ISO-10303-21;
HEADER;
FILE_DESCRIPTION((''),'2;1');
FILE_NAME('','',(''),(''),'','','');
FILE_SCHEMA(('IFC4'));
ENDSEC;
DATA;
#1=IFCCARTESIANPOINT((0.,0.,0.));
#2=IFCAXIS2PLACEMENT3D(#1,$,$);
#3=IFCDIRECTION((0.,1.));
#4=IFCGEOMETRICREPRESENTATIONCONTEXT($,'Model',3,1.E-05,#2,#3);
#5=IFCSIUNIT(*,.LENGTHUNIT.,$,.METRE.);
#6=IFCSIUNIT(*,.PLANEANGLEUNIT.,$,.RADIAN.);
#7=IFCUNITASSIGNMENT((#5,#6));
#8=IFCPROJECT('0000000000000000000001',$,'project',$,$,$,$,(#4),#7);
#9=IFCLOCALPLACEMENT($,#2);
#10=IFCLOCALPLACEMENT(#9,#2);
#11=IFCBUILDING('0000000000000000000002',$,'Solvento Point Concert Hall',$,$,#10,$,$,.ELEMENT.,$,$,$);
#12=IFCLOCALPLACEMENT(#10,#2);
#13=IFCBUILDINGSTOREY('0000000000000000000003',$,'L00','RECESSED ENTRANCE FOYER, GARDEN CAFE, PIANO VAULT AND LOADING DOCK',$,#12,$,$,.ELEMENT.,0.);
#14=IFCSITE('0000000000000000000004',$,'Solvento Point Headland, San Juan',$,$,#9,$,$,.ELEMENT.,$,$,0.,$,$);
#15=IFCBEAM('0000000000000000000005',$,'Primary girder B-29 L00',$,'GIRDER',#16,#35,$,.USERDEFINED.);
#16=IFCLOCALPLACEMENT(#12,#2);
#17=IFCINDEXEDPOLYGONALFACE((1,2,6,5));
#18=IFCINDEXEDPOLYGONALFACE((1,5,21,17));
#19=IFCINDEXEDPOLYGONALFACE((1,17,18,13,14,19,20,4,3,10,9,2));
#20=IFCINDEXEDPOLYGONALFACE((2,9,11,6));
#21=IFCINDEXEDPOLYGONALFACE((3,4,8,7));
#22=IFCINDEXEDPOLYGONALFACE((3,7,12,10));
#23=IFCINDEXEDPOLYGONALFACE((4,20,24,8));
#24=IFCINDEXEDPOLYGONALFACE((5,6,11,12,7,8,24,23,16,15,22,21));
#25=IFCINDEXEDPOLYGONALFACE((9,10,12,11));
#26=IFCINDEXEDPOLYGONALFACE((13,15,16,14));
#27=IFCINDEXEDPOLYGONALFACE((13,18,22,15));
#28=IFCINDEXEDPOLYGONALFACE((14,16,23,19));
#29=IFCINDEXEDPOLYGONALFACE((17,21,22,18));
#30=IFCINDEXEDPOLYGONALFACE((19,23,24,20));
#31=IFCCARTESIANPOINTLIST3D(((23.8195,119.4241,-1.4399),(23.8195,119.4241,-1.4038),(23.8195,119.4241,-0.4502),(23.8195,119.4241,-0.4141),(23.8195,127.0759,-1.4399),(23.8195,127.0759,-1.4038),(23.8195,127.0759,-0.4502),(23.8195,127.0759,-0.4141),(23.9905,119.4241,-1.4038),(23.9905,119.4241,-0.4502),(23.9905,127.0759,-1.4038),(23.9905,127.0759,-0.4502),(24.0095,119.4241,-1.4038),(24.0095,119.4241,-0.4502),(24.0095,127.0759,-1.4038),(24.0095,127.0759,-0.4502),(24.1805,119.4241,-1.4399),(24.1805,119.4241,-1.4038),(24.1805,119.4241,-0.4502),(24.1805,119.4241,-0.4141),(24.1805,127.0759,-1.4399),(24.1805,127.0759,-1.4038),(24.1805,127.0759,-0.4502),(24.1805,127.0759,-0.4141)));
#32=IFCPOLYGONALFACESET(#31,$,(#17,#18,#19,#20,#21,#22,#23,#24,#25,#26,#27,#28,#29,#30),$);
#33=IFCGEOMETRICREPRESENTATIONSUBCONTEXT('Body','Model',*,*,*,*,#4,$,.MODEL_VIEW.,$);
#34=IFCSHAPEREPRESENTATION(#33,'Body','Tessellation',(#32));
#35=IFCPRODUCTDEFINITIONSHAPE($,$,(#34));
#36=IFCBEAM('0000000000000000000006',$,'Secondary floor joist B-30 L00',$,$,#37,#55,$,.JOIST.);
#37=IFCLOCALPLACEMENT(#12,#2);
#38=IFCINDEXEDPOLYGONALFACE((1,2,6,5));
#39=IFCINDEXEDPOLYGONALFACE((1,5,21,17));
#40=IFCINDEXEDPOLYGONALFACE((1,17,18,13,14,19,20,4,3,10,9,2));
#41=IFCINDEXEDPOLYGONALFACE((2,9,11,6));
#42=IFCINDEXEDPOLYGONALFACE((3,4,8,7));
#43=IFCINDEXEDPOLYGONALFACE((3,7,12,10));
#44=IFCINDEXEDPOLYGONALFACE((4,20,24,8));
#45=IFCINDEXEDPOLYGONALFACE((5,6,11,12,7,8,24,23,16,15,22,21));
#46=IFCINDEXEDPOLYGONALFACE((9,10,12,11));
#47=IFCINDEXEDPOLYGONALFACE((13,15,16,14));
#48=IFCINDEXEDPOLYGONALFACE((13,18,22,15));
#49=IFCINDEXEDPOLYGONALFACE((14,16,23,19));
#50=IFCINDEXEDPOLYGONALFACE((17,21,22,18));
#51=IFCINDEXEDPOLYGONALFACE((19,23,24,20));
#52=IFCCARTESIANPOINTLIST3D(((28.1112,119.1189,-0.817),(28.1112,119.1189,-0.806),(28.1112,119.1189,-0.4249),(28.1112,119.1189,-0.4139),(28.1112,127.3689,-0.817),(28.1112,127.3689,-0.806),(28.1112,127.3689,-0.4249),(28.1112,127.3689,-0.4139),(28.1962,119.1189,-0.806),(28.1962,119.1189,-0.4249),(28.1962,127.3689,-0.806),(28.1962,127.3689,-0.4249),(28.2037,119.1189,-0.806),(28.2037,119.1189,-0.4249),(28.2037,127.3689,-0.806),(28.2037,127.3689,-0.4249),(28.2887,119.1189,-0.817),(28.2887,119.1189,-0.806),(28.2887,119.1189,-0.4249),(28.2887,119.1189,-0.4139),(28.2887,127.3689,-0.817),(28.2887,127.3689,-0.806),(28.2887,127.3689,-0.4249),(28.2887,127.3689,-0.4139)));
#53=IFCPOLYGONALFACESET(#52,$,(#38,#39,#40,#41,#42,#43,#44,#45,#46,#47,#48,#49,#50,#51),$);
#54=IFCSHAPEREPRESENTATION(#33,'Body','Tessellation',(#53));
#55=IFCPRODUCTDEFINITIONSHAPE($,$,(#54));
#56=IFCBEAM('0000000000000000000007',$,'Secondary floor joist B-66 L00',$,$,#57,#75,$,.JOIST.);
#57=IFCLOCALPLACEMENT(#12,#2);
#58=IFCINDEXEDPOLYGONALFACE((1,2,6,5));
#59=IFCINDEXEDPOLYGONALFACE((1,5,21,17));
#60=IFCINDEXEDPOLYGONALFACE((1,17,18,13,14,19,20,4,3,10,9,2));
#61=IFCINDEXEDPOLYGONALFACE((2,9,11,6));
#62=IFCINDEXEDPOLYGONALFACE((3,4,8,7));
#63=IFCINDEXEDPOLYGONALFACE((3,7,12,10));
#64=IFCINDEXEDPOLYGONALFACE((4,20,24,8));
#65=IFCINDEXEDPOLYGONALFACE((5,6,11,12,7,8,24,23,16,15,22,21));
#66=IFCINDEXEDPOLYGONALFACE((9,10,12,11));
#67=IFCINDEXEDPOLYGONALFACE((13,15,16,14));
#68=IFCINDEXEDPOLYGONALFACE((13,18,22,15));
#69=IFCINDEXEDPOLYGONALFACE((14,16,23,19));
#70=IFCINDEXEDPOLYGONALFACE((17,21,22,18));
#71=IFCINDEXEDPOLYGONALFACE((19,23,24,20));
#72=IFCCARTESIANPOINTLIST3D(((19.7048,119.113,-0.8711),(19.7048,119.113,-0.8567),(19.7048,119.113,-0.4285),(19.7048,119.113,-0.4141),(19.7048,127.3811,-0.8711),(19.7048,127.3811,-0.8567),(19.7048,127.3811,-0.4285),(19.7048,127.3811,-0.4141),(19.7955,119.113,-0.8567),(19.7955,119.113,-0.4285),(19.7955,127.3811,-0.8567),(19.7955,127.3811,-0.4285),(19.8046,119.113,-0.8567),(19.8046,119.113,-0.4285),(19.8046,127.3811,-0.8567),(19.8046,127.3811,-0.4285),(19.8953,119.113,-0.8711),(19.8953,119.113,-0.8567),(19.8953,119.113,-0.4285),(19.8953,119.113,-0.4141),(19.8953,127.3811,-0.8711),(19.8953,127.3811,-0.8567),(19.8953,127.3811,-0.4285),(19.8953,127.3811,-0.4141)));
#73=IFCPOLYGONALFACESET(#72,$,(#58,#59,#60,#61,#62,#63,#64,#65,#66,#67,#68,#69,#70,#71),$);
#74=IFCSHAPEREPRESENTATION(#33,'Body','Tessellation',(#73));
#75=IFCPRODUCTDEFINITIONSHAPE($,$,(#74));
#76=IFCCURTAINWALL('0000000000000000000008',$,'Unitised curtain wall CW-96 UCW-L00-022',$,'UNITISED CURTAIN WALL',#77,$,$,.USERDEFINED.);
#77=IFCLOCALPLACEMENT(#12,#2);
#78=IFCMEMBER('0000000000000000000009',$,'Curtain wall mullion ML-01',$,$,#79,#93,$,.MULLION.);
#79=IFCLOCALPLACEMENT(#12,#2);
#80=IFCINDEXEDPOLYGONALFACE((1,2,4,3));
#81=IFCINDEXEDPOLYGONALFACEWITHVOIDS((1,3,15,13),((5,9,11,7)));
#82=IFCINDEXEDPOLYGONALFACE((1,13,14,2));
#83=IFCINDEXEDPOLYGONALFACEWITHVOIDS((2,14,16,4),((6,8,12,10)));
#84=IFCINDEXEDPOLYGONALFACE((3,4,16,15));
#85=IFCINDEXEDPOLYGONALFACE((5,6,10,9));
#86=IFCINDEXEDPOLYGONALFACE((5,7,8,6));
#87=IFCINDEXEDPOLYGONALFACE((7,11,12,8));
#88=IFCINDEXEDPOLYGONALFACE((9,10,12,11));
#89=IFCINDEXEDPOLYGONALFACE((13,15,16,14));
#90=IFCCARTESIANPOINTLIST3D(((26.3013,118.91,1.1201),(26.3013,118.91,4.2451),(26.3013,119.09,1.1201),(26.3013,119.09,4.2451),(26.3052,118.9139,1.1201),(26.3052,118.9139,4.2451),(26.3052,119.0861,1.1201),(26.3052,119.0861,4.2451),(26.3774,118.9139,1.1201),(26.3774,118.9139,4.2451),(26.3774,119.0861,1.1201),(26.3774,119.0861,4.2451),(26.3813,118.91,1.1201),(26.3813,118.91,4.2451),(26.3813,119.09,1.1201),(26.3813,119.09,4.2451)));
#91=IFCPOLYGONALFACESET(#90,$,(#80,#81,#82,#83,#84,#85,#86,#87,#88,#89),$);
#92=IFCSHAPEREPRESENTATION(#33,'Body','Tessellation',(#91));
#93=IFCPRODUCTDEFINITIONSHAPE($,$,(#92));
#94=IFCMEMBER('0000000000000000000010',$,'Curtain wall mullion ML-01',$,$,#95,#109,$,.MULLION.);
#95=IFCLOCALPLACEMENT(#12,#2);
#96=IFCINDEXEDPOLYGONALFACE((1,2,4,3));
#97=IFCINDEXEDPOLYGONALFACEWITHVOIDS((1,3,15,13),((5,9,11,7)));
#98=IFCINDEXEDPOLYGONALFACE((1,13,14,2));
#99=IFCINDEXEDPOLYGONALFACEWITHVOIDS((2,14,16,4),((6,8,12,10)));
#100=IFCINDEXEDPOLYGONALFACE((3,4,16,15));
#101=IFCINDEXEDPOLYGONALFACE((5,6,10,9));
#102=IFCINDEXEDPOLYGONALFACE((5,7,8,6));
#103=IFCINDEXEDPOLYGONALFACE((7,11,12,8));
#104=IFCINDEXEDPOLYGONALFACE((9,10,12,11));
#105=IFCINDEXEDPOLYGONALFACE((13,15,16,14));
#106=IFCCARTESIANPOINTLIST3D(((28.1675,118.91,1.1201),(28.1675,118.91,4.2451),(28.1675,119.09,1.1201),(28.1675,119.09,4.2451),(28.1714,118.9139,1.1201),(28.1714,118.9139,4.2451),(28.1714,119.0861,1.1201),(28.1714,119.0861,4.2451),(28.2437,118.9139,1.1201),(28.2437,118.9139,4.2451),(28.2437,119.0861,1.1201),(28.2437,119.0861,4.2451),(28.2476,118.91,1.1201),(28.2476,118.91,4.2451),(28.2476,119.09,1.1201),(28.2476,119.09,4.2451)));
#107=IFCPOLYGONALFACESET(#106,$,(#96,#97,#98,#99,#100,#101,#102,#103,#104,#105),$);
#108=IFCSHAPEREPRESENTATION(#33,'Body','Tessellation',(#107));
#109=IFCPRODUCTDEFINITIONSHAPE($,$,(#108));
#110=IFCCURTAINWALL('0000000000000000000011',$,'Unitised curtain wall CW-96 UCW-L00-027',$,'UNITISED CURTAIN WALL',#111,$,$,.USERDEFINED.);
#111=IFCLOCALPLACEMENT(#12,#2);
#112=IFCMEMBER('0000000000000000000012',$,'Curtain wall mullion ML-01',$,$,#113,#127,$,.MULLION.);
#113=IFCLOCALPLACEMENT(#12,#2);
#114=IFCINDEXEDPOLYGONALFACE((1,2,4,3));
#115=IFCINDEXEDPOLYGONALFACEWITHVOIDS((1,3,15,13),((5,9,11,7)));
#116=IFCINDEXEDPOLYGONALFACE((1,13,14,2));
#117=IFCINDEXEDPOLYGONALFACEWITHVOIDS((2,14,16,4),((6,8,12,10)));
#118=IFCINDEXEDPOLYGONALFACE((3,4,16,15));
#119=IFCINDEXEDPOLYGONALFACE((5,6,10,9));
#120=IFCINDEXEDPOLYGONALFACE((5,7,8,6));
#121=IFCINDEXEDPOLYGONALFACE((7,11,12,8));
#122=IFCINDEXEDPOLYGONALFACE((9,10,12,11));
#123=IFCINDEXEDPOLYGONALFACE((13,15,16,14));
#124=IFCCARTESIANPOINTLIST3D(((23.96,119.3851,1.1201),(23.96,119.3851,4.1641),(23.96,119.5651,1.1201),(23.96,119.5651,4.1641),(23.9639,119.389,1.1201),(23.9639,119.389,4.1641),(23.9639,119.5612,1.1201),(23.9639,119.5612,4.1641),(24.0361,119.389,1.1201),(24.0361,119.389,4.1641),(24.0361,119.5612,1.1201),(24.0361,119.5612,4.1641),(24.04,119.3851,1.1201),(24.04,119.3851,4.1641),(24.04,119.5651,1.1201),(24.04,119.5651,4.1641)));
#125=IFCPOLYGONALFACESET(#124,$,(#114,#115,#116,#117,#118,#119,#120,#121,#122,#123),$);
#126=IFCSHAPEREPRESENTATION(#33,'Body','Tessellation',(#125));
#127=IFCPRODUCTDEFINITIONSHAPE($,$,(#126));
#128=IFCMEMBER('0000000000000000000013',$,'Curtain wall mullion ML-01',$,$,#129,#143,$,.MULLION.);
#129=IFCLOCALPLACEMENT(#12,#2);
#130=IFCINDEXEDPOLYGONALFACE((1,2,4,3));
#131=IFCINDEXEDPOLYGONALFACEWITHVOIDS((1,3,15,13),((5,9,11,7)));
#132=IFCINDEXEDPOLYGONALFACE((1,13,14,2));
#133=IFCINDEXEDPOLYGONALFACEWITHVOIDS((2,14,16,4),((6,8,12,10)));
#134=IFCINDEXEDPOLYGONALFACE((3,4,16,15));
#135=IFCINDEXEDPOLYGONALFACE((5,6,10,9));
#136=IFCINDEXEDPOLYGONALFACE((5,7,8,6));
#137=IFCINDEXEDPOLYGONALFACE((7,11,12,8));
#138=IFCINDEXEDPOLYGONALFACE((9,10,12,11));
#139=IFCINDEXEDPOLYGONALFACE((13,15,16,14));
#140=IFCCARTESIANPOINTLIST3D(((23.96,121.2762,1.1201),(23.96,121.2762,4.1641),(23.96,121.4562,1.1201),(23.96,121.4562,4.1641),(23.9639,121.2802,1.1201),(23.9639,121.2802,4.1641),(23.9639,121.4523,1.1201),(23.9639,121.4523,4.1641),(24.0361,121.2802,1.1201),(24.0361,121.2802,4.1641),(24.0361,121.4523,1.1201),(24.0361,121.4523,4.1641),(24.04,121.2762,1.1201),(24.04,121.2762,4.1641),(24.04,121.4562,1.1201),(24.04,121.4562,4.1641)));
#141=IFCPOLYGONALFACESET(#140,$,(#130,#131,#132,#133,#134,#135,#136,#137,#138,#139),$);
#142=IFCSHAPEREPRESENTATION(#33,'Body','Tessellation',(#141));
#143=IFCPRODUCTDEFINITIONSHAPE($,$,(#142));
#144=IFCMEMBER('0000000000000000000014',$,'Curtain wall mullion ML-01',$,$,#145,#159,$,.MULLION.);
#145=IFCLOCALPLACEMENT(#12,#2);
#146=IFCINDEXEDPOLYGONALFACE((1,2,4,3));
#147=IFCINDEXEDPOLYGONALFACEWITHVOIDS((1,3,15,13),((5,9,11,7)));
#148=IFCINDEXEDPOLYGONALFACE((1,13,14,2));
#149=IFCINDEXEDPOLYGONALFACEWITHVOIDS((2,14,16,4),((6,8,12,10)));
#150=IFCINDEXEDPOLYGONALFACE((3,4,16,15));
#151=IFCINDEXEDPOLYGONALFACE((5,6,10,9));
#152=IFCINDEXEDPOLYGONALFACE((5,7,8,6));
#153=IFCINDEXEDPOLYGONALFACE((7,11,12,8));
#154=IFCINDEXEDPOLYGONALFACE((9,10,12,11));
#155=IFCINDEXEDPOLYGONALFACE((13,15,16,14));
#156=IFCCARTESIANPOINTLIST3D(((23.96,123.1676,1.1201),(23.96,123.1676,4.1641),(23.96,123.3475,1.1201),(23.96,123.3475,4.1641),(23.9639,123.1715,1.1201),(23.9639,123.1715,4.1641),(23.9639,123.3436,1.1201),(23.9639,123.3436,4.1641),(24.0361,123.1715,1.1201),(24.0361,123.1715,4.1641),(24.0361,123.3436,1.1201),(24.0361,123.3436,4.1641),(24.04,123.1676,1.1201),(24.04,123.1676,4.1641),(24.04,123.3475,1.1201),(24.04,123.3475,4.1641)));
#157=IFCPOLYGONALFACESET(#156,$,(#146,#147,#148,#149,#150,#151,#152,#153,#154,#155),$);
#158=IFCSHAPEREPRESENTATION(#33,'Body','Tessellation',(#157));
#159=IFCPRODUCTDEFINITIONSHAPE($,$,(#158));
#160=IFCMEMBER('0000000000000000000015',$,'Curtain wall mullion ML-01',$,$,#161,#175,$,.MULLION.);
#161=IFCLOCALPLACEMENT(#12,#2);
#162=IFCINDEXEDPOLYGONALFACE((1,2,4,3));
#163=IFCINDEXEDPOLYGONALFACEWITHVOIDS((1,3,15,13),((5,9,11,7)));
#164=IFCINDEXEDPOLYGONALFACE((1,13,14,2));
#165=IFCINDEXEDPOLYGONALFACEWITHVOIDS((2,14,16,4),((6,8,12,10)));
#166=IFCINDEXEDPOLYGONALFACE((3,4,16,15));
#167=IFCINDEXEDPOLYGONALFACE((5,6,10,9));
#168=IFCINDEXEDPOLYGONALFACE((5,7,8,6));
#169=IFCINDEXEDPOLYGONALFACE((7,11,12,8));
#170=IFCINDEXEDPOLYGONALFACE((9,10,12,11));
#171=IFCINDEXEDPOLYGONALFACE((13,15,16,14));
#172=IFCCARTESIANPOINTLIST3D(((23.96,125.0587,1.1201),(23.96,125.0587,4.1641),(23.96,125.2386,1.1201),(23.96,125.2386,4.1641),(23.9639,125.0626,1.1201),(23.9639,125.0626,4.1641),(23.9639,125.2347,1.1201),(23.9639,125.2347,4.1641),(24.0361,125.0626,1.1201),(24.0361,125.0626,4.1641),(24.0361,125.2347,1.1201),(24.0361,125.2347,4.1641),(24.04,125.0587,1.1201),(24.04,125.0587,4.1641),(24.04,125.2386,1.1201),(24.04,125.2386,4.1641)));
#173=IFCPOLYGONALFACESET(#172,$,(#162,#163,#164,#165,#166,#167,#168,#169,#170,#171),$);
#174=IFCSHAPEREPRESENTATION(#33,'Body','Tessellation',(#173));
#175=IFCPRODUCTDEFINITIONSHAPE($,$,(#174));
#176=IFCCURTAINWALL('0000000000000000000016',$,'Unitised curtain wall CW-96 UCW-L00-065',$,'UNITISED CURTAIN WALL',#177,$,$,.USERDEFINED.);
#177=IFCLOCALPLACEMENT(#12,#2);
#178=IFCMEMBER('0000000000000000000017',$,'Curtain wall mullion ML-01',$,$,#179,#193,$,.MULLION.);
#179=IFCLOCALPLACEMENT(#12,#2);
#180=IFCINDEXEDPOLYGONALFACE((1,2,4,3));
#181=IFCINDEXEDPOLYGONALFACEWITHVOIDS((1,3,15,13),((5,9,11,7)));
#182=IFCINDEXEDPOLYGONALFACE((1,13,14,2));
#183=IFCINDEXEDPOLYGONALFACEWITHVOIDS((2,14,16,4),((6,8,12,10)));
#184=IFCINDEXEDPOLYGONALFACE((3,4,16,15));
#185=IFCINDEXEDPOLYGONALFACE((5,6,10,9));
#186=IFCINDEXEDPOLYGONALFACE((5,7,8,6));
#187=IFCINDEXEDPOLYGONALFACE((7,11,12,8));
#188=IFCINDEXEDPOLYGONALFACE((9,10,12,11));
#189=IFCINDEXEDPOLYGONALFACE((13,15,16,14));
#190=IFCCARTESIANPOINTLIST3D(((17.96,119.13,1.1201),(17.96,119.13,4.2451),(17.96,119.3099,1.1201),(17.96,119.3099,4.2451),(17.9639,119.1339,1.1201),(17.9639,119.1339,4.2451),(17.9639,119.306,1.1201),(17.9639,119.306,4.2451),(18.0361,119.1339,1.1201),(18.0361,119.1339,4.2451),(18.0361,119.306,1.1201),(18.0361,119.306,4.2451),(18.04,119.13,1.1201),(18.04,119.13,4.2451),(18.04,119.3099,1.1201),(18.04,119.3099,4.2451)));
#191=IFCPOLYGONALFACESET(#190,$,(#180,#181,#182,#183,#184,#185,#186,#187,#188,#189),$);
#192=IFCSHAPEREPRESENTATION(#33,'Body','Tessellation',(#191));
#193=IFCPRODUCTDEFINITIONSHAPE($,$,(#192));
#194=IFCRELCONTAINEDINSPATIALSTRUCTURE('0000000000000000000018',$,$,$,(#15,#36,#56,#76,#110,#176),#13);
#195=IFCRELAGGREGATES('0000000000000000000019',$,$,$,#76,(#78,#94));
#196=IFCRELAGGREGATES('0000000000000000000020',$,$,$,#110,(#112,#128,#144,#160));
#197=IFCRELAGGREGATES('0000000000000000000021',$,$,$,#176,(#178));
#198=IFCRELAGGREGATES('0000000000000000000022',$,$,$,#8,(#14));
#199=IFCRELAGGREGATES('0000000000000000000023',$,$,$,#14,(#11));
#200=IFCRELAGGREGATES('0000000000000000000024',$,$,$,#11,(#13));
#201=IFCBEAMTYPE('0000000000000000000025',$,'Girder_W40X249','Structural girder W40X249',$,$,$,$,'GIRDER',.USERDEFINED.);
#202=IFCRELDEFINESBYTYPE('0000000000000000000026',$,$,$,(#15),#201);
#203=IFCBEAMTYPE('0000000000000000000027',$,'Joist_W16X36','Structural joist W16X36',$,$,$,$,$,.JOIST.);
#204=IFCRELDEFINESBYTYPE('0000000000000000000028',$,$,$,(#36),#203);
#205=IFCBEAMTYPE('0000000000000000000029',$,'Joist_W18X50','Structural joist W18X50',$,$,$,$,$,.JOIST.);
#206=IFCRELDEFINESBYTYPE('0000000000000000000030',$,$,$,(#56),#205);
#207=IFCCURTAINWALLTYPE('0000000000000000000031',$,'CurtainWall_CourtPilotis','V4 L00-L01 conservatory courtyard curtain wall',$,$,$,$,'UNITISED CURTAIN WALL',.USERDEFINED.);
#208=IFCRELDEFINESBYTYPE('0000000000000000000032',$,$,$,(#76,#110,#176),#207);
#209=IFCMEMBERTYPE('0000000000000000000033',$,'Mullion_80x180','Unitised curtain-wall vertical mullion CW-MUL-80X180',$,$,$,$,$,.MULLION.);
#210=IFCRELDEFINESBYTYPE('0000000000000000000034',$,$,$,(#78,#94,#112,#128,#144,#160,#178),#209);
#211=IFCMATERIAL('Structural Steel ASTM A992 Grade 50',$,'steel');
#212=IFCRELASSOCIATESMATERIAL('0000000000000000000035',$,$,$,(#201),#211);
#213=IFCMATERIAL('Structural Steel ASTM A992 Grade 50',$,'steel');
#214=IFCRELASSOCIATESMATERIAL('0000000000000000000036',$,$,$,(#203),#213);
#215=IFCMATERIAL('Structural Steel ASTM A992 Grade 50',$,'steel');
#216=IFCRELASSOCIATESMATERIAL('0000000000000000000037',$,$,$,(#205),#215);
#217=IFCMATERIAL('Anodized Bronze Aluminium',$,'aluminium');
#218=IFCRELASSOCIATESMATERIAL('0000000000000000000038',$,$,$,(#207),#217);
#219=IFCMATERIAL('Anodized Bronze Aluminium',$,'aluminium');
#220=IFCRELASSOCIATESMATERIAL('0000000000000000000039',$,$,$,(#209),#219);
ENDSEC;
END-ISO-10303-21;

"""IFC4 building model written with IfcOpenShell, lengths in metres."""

from ifc_helpers import new_model, si_unit, direction, frame, origin, origin_2d, place, context, subcontext, project, spatial, hollow_rectangle, i_section, extrude, material, material_profile, profile_set, type_object, element, aggregate, save


model = new_model("IFC4")

# Units and contexts
model_context = context("Model", 3, precision=1e-05, world=origin(), true_north=direction((0.0, 1.0)))
body_context = subcontext(model_context, "Body", "Model", "MODEL_VIEW")
ifc_project = project(units=[si_unit("LENGTHUNIT", "METRE"), si_unit("PLANEANGLEUNIT", "RADIAN")], contexts=[model_context])

# Site, building, storey
site_placement = place(None, origin())
site = spatial("IfcSite", under=ifc_project, at=site_placement, Name="Solvento Point Headland, San Juan", CompositionType="ELEMENT", RefElevation=0.0)
building_placement = place(site_placement, origin())
building = spatial("IfcBuilding", under=site, at=building_placement, Name="Solvento Point Concert Hall", CompositionType="ELEMENT")
storey_placement = place(building_placement, origin())
storey = spatial("IfcBuildingStorey", under=building, at=storey_placement, Name="L00", Description="RECESSED ENTRANCE FOYER, GARDEN CAFE, PIANO VAULT AND LOADING DOCK", CompositionType="ELEMENT", Elevation=0.0)

# Beams
ifc_material_1 = material(Name="Structural Steel ASTM A992 Grade 50", Category="steel")
ifc_material_profile_1 = material_profile(ifc_material_1, i_section(OverallWidth=0.3611, OverallDepth=1.0259, WebThickness=0.019, FlangeThickness=0.0361, at=origin_2d()), Name="W40X249")
ifc_profile_set_1 = profile_set([ifc_material_profile_1], Name="Structural Steel ASTM A992 Grade 50")
beam_type_1 = type_object("IfcBeamType", Name="Girder_W40X249", Description="Structural girder W40X249", ElementType="GIRDER", PredefinedType="USERDEFINED", material=ifc_profile_set_1)
beam_1_placement = place(storey_placement, frame((24.0, 119.4241, -0.927), z_axis=(0.0, 1.0, 0.0), x_axis=(-1.0, 0.0, 0.0)))
element("IfcBeam", 1, at=beam_1_placement, inside=storey, type_object=beam_type_1, Name="Primary girder B-29 L00", ObjectType="GIRDER", PredefinedType="USERDEFINED", context=body_context, shape_type="SweptSolid", body=[
    extrude(i_section(OverallWidth=0.3611, OverallDepth=1.0259, WebThickness=0.019, FlangeThickness=0.0361, at=origin_2d()), origin(), (0.0, 0.0, 1.0), 7.6519),
])
ifc_material_2 = material(Name="Structural Steel ASTM A992 Grade 50", Category="steel")
ifc_material_profile_2 = material_profile(ifc_material_2, i_section(OverallWidth=0.1775, OverallDepth=0.4031, WebThickness=0.0076, FlangeThickness=0.011, at=origin_2d()), Name="W16X36")
ifc_profile_set_2 = profile_set([ifc_material_profile_2], Name="Structural Steel ASTM A992 Grade 50")
beam_type_2 = type_object("IfcBeamType", Name="Joist_W16X36", Description="Structural joist W16X36", PredefinedType="JOIST", material=ifc_profile_set_2)
beam_2_placement = place(storey_placement, frame((28.2, 119.1189, -0.6155), z_axis=(0.0, 1.0, 0.0), x_axis=(-1.0, 0.0, 0.0)))
element("IfcBeam", 2, at=beam_2_placement, inside=storey, type_object=beam_type_2, Name="Secondary floor joist B-30 L00", PredefinedType="JOIST", context=body_context, shape_type="SweptSolid", body=[
    extrude(i_section(OverallWidth=0.1775, OverallDepth=0.4031, WebThickness=0.0076, FlangeThickness=0.011, at=origin_2d()), origin(), (0.0, 0.0, 1.0), 8.25),
])
ifc_material_3 = material(Name="Structural Steel ASTM A992 Grade 50", Category="steel")
ifc_material_profile_3 = material_profile(ifc_material_3, i_section(OverallWidth=0.1904, OverallDepth=0.457, WebThickness=0.009, FlangeThickness=0.0144, at=origin_2d()), Name="W18X50")
ifc_profile_set_3 = profile_set([ifc_material_profile_3], Name="Structural Steel ASTM A992 Grade 50")
beam_type_3 = type_object("IfcBeamType", Name="Joist_W18X50", Description="Structural joist W18X50", PredefinedType="JOIST", material=ifc_profile_set_3)
beam_3_placement = place(storey_placement, frame((19.8, 119.113, -0.6426), z_axis=(0.0, 1.0, 0.0), x_axis=(-1.0, 0.0, 0.0)))
element("IfcBeam", 3, at=beam_3_placement, inside=storey, type_object=beam_type_3, Name="Secondary floor joist B-66 L00", PredefinedType="JOIST", context=body_context, shape_type="SweptSolid", body=[
    extrude(i_section(OverallWidth=0.1904, OverallDepth=0.457, WebThickness=0.009, FlangeThickness=0.0144, at=origin_2d()), origin(), (0.0, 0.0, 1.0), 8.2681),
])

# Curtain walls, members
ifc_material_4 = material(Name="Anodized Bronze Aluminium", Category="aluminium")
curtain_wall_type = type_object("IfcCurtainWallType", Name="CurtainWall_CourtPilotis", Description="V4 L00-L01 conservatory courtyard curtain wall", ElementType="UNITISED CURTAIN WALL", PredefinedType="USERDEFINED", material=ifc_material_4)
curtain_wall_1_placement = place(storey_placement, origin())
curtain_wall_1 = element("IfcCurtainWall", 4, at=curtain_wall_1_placement, inside=storey, type_object=curtain_wall_type, Name="Unitised curtain wall CW-96 UCW-L00-022", ObjectType="UNITISED CURTAIN WALL", PredefinedType="USERDEFINED")
ifc_material_5 = material(Name="Anodized Bronze Aluminium", Category="aluminium")
ifc_material_profile_4 = material_profile(ifc_material_5, hollow_rectangle(XDim=0.0801, YDim=0.1799, WallThickness=0.0039, at=origin_2d()), Name="CW-MUL-80X180")
ifc_profile_set_4 = profile_set([ifc_material_profile_4], Name="Anodized Bronze Aluminium")
member_type_1 = type_object("IfcMemberType", Name="Mullion_80x180", Description="Unitised curtain-wall vertical mullion CW-MUL-80X180", PredefinedType="MULLION", material=ifc_profile_set_4)
member_1_placement = place(storey_placement, frame((26.3413, 119.0, 1.1201), z_axis=(0.0, 0.0, 1.0), x_axis=(1.0, 0.0, 0.0)))
member_1 = element("IfcMember", 5, at=member_1_placement, type_object=member_type_1, Name="Curtain wall mullion ML-01", PredefinedType="MULLION", context=body_context, shape_type="SweptSolid", body=[
    extrude(hollow_rectangle(XDim=0.0801, YDim=0.1799, WallThickness=0.0039, at=origin_2d()), origin(), (0.0, 0.0, 1.0), 3.125),
])
member_2_placement = place(storey_placement, frame((28.2075, 119.0, 1.1201), z_axis=(0.0, 0.0, 1.0), x_axis=(1.0, 0.0, 0.0)))
member_2 = element("IfcMember", 6, at=member_2_placement, type_object=member_type_1, Name="Curtain wall mullion ML-01", PredefinedType="MULLION", context=body_context, shape_type="SweptSolid", body=[
    extrude(hollow_rectangle(XDim=0.0801, YDim=0.1799, WallThickness=0.0039, at=origin_2d()), origin(), (0.0, 0.0, 1.0), 3.125),
])
curtain_wall_2_placement = place(storey_placement, origin())
curtain_wall_2 = element("IfcCurtainWall", 7, at=curtain_wall_2_placement, inside=storey, type_object=curtain_wall_type, Name="Unitised curtain wall CW-96 UCW-L00-027", ObjectType="UNITISED CURTAIN WALL", PredefinedType="USERDEFINED")
member_3_placement = place(storey_placement, frame((24.0, 119.4751, 1.1201), z_axis=(0.0, 0.0, 1.0), x_axis=(1.0, 0.0, 0.0)))
member_3 = element("IfcMember", 8, at=member_3_placement, type_object=member_type_1, Name="Curtain wall mullion ML-01", PredefinedType="MULLION", context=body_context, shape_type="SweptSolid", body=[
    extrude(hollow_rectangle(XDim=0.0801, YDim=0.1799, WallThickness=0.0039, at=origin_2d()), origin(), (0.0, 0.0, 1.0), 3.0439),
])
member_4_placement = place(storey_placement, frame((24.0, 121.3662, 1.1201), z_axis=(0.0, 0.0, 1.0), x_axis=(1.0, 0.0, 0.0)))
member_4 = element("IfcMember", 9, at=member_4_placement, type_object=member_type_1, Name="Curtain wall mullion ML-01", PredefinedType="MULLION", context=body_context, shape_type="SweptSolid", body=[
    extrude(hollow_rectangle(XDim=0.0801, YDim=0.1799, WallThickness=0.0039, at=origin_2d()), origin(), (0.0, 0.0, 1.0), 3.0439),
])
member_5_placement = place(storey_placement, frame((24.0, 123.2576, 1.1201), z_axis=(0.0, 0.0, 1.0), x_axis=(1.0, 0.0, 0.0)))
member_5 = element("IfcMember", 10, at=member_5_placement, type_object=member_type_1, Name="Curtain wall mullion ML-01", PredefinedType="MULLION", context=body_context, shape_type="SweptSolid", body=[
    extrude(hollow_rectangle(XDim=0.0801, YDim=0.1799, WallThickness=0.0039, at=origin_2d()), origin(), (0.0, 0.0, 1.0), 3.0439),
])
member_6_placement = place(storey_placement, frame((24.0, 125.1487, 1.1201), z_axis=(0.0, 0.0, 1.0), x_axis=(1.0, 0.0, 0.0)))
member_6 = element("IfcMember", 11, at=member_6_placement, type_object=member_type_1, Name="Curtain wall mullion ML-01", PredefinedType="MULLION", context=body_context, shape_type="SweptSolid", body=[
    extrude(hollow_rectangle(XDim=0.0801, YDim=0.1799, WallThickness=0.0039, at=origin_2d()), origin(), (0.0, 0.0, 1.0), 3.0439),
])
curtain_wall_3_placement = place(storey_placement, origin())
curtain_wall_3 = element("IfcCurtainWall", 12, at=curtain_wall_3_placement, inside=storey, type_object=curtain_wall_type, Name="Unitised curtain wall CW-96 UCW-L00-065", ObjectType="UNITISED CURTAIN WALL", PredefinedType="USERDEFINED")
member_7_placement = place(storey_placement, frame((18.0, 119.22, 1.1201), z_axis=(0.0, 0.0, 1.0), x_axis=(1.0, 0.0, 0.0)))
member_7 = element("IfcMember", 13, at=member_7_placement, type_object=member_type_1, Name="Curtain wall mullion ML-01", PredefinedType="MULLION", context=body_context, shape_type="SweptSolid", body=[
    extrude(hollow_rectangle(XDim=0.0801, YDim=0.1799, WallThickness=0.0039, at=origin_2d()), origin(), (0.0, 0.0, 1.0), 3.125),
])

aggregate(curtain_wall_1, [member_1, member_2])
aggregate(curtain_wall_2, [member_3, member_4, member_5, member_6])
aggregate(curtain_wall_3, [member_7])

save(model, "model.ifc")
